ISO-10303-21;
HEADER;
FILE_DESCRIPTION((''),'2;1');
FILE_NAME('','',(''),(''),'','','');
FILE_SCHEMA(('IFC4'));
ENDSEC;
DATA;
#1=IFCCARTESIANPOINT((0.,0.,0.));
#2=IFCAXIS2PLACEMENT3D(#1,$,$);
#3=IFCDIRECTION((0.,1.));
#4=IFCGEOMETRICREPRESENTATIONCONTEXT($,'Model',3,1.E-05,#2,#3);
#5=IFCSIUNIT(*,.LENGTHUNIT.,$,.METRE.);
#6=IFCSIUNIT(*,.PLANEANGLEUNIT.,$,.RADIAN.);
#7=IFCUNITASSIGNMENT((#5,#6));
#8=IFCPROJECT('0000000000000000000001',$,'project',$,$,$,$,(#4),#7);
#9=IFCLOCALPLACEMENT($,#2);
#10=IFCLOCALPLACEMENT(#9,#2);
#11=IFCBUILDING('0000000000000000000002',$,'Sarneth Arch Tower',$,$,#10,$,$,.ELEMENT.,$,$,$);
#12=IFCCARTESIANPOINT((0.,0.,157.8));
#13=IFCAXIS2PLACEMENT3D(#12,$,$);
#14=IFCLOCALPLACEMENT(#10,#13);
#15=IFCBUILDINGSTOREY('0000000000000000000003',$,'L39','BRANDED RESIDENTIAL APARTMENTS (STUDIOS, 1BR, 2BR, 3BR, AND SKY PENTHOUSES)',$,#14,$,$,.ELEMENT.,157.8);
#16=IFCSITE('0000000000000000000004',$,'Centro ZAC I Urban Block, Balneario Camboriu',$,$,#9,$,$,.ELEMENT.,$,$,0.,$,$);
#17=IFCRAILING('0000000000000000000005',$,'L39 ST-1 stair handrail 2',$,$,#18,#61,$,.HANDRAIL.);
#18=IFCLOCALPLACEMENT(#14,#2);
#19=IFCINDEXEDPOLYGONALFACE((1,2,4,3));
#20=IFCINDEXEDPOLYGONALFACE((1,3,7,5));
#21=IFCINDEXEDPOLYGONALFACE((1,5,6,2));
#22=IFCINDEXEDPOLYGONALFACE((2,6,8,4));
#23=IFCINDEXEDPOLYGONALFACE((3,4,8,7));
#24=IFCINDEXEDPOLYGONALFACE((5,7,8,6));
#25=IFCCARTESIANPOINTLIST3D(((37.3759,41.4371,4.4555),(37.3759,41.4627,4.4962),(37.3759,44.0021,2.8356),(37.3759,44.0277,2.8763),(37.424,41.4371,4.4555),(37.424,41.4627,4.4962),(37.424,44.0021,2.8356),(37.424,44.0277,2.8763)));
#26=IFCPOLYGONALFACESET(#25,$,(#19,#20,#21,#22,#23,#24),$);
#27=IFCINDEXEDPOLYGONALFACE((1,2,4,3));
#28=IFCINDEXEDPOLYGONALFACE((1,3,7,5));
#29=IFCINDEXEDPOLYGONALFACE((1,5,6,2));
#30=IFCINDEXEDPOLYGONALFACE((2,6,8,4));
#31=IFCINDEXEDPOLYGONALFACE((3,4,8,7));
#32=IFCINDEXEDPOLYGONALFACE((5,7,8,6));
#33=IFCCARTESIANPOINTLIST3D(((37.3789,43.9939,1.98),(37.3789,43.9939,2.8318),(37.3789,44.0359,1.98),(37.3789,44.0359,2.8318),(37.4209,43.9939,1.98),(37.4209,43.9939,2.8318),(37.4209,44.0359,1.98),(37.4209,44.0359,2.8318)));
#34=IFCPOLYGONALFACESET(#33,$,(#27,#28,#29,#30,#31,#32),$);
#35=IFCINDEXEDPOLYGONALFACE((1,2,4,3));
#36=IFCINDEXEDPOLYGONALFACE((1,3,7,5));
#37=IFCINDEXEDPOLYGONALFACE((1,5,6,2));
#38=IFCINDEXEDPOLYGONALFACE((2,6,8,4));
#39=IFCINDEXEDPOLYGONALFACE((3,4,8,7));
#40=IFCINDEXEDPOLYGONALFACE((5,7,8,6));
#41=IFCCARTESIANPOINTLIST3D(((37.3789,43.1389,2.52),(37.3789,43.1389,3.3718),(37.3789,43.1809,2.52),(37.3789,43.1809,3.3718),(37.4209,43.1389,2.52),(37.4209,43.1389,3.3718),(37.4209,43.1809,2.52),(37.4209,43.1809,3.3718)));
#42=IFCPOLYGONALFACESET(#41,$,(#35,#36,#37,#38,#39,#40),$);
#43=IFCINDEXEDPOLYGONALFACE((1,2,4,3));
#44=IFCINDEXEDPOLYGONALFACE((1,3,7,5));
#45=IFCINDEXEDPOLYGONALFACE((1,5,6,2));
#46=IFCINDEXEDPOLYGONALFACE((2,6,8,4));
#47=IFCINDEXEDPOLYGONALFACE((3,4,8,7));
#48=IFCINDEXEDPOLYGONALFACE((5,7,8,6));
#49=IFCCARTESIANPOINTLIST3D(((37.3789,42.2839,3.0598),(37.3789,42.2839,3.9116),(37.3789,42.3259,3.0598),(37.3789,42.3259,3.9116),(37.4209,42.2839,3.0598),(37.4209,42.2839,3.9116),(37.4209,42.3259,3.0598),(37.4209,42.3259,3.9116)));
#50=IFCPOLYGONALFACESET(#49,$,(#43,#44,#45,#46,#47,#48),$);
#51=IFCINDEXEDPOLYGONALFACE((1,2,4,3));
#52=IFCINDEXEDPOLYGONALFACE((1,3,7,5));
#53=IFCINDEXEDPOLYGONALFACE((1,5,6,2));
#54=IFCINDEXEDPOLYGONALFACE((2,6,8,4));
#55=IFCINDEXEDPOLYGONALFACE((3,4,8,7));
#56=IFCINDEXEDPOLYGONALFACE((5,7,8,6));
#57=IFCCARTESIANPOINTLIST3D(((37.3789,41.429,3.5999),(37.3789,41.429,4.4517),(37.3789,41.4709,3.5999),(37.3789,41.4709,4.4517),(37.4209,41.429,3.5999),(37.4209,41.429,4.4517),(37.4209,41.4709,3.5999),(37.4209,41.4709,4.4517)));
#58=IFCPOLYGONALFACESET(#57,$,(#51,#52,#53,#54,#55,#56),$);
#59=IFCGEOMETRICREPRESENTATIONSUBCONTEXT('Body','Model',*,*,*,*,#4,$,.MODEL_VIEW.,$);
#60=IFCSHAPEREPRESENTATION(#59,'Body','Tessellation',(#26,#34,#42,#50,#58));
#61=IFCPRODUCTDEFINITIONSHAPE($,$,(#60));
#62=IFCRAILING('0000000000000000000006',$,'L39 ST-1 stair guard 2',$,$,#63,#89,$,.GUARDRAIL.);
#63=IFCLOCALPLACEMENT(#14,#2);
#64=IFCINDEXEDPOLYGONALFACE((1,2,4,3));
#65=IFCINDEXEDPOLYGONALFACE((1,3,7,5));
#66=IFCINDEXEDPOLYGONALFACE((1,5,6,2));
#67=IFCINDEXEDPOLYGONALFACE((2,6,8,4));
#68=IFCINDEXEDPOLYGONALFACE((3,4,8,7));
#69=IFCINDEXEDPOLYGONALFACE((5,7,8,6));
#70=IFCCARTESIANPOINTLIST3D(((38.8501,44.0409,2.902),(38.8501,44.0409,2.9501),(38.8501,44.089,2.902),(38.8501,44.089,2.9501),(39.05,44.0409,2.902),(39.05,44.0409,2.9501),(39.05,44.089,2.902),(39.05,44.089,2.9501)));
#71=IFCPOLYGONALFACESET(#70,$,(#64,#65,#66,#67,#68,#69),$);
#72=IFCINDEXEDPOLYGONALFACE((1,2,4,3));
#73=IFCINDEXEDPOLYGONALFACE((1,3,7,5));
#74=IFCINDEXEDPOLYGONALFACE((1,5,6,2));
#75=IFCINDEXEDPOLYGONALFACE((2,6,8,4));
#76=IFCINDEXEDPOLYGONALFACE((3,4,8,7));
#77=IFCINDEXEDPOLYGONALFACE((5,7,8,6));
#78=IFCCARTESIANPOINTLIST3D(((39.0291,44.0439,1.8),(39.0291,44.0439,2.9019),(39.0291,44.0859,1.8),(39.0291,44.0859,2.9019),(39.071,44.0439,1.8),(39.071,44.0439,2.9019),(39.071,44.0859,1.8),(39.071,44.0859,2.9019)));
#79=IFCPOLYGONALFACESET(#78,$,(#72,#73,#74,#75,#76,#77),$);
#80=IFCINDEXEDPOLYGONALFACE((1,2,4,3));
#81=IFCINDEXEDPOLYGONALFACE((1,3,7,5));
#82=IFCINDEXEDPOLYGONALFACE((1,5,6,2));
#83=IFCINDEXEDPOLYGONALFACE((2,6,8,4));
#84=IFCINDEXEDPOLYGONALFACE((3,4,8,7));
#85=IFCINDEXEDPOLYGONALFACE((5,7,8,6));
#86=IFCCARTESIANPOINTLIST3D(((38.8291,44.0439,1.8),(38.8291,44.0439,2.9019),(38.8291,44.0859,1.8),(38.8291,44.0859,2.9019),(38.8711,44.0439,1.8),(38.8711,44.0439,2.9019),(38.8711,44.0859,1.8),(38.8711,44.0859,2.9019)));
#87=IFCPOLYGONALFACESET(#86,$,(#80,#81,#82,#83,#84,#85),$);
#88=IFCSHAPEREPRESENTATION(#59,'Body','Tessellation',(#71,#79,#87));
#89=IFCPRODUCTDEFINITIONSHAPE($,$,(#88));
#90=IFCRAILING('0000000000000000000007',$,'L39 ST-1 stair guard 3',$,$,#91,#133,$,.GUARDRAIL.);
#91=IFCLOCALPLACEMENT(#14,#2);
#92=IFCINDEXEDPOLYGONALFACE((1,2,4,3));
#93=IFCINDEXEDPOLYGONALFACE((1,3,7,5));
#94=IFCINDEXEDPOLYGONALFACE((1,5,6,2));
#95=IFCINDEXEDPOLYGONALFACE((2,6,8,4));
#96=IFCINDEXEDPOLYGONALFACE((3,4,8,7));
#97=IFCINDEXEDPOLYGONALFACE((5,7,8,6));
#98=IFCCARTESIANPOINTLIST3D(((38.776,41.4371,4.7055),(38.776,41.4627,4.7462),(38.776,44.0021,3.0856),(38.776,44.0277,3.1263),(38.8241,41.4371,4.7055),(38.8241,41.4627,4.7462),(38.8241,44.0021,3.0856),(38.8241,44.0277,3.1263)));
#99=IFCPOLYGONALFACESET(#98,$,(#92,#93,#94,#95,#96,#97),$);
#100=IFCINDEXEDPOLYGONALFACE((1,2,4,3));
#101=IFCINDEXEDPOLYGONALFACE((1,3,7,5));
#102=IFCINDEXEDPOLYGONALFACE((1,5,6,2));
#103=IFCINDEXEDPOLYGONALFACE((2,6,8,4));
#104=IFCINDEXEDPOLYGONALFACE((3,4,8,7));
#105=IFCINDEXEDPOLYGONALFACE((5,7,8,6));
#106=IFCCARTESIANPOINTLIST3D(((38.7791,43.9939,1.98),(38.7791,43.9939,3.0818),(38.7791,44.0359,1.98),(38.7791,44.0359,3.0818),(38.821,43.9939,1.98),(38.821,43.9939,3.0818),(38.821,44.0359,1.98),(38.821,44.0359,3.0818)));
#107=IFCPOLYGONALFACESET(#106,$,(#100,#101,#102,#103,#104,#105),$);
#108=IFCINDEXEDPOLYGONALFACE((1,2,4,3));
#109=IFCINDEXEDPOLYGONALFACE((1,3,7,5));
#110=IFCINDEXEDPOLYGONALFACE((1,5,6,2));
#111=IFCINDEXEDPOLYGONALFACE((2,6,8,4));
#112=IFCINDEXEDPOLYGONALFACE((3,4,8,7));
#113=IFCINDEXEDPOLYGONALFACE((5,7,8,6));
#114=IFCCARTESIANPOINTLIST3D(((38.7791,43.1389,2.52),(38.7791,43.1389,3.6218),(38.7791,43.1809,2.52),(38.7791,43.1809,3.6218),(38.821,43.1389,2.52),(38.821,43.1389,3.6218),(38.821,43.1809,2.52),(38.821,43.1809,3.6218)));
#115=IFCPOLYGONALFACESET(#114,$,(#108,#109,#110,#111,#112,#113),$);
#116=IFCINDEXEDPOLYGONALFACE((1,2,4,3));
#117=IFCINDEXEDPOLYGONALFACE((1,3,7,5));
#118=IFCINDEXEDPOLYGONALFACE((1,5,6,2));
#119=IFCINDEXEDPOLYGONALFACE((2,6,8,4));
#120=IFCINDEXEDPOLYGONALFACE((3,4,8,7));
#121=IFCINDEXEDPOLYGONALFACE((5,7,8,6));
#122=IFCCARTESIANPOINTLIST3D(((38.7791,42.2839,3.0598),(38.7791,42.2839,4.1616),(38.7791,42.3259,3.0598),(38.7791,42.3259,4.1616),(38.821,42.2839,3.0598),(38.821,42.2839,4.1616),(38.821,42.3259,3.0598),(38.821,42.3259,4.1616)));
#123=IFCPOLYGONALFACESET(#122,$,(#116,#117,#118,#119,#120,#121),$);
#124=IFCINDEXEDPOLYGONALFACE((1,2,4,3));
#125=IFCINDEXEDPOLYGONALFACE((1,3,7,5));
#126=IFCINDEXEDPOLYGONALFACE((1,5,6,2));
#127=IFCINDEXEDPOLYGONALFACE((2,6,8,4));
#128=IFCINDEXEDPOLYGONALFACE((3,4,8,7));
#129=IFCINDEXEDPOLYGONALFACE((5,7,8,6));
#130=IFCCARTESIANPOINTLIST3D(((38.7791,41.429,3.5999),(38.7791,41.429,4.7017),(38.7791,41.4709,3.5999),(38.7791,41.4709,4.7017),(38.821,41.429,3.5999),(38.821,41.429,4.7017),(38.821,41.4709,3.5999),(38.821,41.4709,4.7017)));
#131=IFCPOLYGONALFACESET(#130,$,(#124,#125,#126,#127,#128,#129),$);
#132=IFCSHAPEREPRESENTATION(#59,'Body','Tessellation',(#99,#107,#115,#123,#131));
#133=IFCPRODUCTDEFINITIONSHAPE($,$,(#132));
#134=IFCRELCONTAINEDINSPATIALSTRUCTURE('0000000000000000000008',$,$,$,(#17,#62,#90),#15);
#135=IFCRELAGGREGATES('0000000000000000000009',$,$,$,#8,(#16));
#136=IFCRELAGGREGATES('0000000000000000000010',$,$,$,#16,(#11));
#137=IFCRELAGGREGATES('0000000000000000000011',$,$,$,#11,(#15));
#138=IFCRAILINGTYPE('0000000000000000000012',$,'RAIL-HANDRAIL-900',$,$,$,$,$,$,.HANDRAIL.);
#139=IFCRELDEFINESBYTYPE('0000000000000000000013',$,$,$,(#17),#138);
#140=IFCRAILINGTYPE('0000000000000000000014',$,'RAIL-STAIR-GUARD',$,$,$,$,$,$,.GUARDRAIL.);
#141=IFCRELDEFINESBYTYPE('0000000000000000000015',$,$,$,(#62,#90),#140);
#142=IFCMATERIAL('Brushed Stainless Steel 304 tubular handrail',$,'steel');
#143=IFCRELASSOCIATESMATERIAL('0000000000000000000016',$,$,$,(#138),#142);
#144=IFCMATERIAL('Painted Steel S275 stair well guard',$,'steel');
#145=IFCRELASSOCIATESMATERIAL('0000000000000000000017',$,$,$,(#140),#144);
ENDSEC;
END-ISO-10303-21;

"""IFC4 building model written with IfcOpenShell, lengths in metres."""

from ifc_helpers import new_model, si_unit, direction, frame, origin, origin_2d, place, context, subcontext, project, spatial, rectangle, extrude, material, type_object, element, save


model = new_model("IFC4")

# Units and contexts
model_context = context("Model", 3, precision=1e-05, world=origin(), true_north=direction((0.0, 1.0)))
body_context = subcontext(model_context, "Body", "Model", "MODEL_VIEW")
ifc_project = project(units=[si_unit("LENGTHUNIT", "METRE"), si_unit("PLANEANGLEUNIT", "RADIAN")], contexts=[model_context])

# Site, building, storey
site_placement = place(None, origin())
site = spatial("IfcSite", under=ifc_project, at=site_placement, Name="Centro ZAC I Urban Block, Balneario Camboriu", CompositionType="ELEMENT", RefElevation=0.0)
building_placement = place(site_placement, origin())
building = spatial("IfcBuilding", under=site, at=building_placement, Name="Sarneth Arch Tower", CompositionType="ELEMENT")
storey_placement = place(building_placement, frame((0.0, 0.0, 157.8)))
storey = spatial("IfcBuildingStorey", under=building, at=storey_placement, Name="L39", Description="BRANDED RESIDENTIAL APARTMENTS (STUDIOS, 1BR, 2BR, 3BR, AND SKY PENTHOUSES)", CompositionType="ELEMENT", Elevation=157.8)

# Railings
ifc_material_1 = material(Name="Brushed Stainless Steel 304 tubular handrail", Category="steel")
railing_type_1 = type_object("IfcRailingType", Name="RAIL-HANDRAIL-900", PredefinedType="HANDRAIL", material=ifc_material_1)
railing_1_placement = place(storey_placement, frame((37.3999, 44.0149, 1.98)))
element("IfcRailing", 1, at=railing_1_placement, inside=storey, type_object=railing_type_1, Name="L39 ST-1 stair handrail 2", PredefinedType="HANDRAIL", context=body_context, shape_type="SweptSolid", body=[
    extrude(rectangle(XDim=0.0481, YDim=0.0481, at=origin_2d()), frame((0.0, 0.0, 0.876), z_axis=(0.0, -0.845502, 0.533972), x_axis=(1.0, 0.0, 0.0)), (0.0, 0.0, 1.0), 3.0337),
    extrude(rectangle(XDim=0.042, YDim=0.042, at=origin_2d()), origin(), (0.0, 0.0, 1.0), 0.8518),
    extrude(rectangle(XDim=0.042, YDim=0.042, at=origin_2d()), frame((0.0, -0.855, 0.54)), (0.0, 0.0, 1.0), 0.8518),
    extrude(rectangle(XDim=0.042, YDim=0.042, at=origin_2d()), frame((0.0, -1.71, 1.0798)), (0.0, 0.0, 1.0), 0.8518),
    extrude(rectangle(XDim=0.042, YDim=0.042, at=origin_2d()), frame((0.0, -2.5649, 1.6199)), (0.0, 0.0, 1.0), 0.8518),
])
ifc_material_2 = material(Name="Painted Steel S275 stair well guard", Category="steel")
railing_type_2 = type_object("IfcRailingType", Name="RAIL-STAIR-GUARD", PredefinedType="GUARDRAIL", material=ifc_material_2)
railing_2_placement = place(storey_placement, frame((39.05, 44.0649, 1.8)))
element("IfcRailing", 2, at=railing_2_placement, inside=storey, type_object=railing_type_2, Name="L39 ST-1 stair guard 2", PredefinedType="GUARDRAIL", context=body_context, shape_type="SweptSolid", body=[
    extrude(rectangle(XDim=0.0481, YDim=0.0481, at=origin_2d()), frame((0.0, 0.0, 1.126), z_axis=(-1.0, 0.0, 0.0), x_axis=(0.0, -1.0, 0.0)), (0.0, 0.0, 1.0), 0.2),
    extrude(rectangle(XDim=0.042, YDim=0.042, at=origin_2d()), origin(), (0.0, 0.0, 1.0), 1.1018),
    extrude(rectangle(XDim=0.042, YDim=0.042, at=origin_2d()), frame((-0.2, 0.0, 0.0)), (0.0, 0.0, 1.0), 1.1018),
])
railing_3_placement = place(storey_placement, frame((38.8, 44.0149, 1.98)))
element("IfcRailing", 3, at=railing_3_placement, inside=storey, type_object=railing_type_2, Name="L39 ST-1 stair guard 3", PredefinedType="GUARDRAIL", context=body_context, shape_type="SweptSolid", body=[
    extrude(rectangle(XDim=0.0481, YDim=0.0481, at=origin_2d()), frame((0.0, 0.0, 1.126), z_axis=(0.0, -0.845502, 0.533972), x_axis=(1.0, 0.0, 0.0)), (0.0, 0.0, 1.0), 3.0337),
    extrude(rectangle(XDim=0.042, YDim=0.042, at=origin_2d()), origin(), (0.0, 0.0, 1.0), 1.1018),
    extrude(rectangle(XDim=0.042, YDim=0.042, at=origin_2d()), frame((0.0, -0.855, 0.54)), (0.0, 0.0, 1.0), 1.1018),
    extrude(rectangle(XDim=0.042, YDim=0.042, at=origin_2d()), frame((0.0, -1.71, 1.0798)), (0.0, 0.0, 1.0), 1.1018),
    extrude(rectangle(XDim=0.042, YDim=0.042, at=origin_2d()), frame((0.0, -2.5649, 1.6199)), (0.0, 0.0, 1.0), 1.1018),
])

save(model, "model.ifc")
